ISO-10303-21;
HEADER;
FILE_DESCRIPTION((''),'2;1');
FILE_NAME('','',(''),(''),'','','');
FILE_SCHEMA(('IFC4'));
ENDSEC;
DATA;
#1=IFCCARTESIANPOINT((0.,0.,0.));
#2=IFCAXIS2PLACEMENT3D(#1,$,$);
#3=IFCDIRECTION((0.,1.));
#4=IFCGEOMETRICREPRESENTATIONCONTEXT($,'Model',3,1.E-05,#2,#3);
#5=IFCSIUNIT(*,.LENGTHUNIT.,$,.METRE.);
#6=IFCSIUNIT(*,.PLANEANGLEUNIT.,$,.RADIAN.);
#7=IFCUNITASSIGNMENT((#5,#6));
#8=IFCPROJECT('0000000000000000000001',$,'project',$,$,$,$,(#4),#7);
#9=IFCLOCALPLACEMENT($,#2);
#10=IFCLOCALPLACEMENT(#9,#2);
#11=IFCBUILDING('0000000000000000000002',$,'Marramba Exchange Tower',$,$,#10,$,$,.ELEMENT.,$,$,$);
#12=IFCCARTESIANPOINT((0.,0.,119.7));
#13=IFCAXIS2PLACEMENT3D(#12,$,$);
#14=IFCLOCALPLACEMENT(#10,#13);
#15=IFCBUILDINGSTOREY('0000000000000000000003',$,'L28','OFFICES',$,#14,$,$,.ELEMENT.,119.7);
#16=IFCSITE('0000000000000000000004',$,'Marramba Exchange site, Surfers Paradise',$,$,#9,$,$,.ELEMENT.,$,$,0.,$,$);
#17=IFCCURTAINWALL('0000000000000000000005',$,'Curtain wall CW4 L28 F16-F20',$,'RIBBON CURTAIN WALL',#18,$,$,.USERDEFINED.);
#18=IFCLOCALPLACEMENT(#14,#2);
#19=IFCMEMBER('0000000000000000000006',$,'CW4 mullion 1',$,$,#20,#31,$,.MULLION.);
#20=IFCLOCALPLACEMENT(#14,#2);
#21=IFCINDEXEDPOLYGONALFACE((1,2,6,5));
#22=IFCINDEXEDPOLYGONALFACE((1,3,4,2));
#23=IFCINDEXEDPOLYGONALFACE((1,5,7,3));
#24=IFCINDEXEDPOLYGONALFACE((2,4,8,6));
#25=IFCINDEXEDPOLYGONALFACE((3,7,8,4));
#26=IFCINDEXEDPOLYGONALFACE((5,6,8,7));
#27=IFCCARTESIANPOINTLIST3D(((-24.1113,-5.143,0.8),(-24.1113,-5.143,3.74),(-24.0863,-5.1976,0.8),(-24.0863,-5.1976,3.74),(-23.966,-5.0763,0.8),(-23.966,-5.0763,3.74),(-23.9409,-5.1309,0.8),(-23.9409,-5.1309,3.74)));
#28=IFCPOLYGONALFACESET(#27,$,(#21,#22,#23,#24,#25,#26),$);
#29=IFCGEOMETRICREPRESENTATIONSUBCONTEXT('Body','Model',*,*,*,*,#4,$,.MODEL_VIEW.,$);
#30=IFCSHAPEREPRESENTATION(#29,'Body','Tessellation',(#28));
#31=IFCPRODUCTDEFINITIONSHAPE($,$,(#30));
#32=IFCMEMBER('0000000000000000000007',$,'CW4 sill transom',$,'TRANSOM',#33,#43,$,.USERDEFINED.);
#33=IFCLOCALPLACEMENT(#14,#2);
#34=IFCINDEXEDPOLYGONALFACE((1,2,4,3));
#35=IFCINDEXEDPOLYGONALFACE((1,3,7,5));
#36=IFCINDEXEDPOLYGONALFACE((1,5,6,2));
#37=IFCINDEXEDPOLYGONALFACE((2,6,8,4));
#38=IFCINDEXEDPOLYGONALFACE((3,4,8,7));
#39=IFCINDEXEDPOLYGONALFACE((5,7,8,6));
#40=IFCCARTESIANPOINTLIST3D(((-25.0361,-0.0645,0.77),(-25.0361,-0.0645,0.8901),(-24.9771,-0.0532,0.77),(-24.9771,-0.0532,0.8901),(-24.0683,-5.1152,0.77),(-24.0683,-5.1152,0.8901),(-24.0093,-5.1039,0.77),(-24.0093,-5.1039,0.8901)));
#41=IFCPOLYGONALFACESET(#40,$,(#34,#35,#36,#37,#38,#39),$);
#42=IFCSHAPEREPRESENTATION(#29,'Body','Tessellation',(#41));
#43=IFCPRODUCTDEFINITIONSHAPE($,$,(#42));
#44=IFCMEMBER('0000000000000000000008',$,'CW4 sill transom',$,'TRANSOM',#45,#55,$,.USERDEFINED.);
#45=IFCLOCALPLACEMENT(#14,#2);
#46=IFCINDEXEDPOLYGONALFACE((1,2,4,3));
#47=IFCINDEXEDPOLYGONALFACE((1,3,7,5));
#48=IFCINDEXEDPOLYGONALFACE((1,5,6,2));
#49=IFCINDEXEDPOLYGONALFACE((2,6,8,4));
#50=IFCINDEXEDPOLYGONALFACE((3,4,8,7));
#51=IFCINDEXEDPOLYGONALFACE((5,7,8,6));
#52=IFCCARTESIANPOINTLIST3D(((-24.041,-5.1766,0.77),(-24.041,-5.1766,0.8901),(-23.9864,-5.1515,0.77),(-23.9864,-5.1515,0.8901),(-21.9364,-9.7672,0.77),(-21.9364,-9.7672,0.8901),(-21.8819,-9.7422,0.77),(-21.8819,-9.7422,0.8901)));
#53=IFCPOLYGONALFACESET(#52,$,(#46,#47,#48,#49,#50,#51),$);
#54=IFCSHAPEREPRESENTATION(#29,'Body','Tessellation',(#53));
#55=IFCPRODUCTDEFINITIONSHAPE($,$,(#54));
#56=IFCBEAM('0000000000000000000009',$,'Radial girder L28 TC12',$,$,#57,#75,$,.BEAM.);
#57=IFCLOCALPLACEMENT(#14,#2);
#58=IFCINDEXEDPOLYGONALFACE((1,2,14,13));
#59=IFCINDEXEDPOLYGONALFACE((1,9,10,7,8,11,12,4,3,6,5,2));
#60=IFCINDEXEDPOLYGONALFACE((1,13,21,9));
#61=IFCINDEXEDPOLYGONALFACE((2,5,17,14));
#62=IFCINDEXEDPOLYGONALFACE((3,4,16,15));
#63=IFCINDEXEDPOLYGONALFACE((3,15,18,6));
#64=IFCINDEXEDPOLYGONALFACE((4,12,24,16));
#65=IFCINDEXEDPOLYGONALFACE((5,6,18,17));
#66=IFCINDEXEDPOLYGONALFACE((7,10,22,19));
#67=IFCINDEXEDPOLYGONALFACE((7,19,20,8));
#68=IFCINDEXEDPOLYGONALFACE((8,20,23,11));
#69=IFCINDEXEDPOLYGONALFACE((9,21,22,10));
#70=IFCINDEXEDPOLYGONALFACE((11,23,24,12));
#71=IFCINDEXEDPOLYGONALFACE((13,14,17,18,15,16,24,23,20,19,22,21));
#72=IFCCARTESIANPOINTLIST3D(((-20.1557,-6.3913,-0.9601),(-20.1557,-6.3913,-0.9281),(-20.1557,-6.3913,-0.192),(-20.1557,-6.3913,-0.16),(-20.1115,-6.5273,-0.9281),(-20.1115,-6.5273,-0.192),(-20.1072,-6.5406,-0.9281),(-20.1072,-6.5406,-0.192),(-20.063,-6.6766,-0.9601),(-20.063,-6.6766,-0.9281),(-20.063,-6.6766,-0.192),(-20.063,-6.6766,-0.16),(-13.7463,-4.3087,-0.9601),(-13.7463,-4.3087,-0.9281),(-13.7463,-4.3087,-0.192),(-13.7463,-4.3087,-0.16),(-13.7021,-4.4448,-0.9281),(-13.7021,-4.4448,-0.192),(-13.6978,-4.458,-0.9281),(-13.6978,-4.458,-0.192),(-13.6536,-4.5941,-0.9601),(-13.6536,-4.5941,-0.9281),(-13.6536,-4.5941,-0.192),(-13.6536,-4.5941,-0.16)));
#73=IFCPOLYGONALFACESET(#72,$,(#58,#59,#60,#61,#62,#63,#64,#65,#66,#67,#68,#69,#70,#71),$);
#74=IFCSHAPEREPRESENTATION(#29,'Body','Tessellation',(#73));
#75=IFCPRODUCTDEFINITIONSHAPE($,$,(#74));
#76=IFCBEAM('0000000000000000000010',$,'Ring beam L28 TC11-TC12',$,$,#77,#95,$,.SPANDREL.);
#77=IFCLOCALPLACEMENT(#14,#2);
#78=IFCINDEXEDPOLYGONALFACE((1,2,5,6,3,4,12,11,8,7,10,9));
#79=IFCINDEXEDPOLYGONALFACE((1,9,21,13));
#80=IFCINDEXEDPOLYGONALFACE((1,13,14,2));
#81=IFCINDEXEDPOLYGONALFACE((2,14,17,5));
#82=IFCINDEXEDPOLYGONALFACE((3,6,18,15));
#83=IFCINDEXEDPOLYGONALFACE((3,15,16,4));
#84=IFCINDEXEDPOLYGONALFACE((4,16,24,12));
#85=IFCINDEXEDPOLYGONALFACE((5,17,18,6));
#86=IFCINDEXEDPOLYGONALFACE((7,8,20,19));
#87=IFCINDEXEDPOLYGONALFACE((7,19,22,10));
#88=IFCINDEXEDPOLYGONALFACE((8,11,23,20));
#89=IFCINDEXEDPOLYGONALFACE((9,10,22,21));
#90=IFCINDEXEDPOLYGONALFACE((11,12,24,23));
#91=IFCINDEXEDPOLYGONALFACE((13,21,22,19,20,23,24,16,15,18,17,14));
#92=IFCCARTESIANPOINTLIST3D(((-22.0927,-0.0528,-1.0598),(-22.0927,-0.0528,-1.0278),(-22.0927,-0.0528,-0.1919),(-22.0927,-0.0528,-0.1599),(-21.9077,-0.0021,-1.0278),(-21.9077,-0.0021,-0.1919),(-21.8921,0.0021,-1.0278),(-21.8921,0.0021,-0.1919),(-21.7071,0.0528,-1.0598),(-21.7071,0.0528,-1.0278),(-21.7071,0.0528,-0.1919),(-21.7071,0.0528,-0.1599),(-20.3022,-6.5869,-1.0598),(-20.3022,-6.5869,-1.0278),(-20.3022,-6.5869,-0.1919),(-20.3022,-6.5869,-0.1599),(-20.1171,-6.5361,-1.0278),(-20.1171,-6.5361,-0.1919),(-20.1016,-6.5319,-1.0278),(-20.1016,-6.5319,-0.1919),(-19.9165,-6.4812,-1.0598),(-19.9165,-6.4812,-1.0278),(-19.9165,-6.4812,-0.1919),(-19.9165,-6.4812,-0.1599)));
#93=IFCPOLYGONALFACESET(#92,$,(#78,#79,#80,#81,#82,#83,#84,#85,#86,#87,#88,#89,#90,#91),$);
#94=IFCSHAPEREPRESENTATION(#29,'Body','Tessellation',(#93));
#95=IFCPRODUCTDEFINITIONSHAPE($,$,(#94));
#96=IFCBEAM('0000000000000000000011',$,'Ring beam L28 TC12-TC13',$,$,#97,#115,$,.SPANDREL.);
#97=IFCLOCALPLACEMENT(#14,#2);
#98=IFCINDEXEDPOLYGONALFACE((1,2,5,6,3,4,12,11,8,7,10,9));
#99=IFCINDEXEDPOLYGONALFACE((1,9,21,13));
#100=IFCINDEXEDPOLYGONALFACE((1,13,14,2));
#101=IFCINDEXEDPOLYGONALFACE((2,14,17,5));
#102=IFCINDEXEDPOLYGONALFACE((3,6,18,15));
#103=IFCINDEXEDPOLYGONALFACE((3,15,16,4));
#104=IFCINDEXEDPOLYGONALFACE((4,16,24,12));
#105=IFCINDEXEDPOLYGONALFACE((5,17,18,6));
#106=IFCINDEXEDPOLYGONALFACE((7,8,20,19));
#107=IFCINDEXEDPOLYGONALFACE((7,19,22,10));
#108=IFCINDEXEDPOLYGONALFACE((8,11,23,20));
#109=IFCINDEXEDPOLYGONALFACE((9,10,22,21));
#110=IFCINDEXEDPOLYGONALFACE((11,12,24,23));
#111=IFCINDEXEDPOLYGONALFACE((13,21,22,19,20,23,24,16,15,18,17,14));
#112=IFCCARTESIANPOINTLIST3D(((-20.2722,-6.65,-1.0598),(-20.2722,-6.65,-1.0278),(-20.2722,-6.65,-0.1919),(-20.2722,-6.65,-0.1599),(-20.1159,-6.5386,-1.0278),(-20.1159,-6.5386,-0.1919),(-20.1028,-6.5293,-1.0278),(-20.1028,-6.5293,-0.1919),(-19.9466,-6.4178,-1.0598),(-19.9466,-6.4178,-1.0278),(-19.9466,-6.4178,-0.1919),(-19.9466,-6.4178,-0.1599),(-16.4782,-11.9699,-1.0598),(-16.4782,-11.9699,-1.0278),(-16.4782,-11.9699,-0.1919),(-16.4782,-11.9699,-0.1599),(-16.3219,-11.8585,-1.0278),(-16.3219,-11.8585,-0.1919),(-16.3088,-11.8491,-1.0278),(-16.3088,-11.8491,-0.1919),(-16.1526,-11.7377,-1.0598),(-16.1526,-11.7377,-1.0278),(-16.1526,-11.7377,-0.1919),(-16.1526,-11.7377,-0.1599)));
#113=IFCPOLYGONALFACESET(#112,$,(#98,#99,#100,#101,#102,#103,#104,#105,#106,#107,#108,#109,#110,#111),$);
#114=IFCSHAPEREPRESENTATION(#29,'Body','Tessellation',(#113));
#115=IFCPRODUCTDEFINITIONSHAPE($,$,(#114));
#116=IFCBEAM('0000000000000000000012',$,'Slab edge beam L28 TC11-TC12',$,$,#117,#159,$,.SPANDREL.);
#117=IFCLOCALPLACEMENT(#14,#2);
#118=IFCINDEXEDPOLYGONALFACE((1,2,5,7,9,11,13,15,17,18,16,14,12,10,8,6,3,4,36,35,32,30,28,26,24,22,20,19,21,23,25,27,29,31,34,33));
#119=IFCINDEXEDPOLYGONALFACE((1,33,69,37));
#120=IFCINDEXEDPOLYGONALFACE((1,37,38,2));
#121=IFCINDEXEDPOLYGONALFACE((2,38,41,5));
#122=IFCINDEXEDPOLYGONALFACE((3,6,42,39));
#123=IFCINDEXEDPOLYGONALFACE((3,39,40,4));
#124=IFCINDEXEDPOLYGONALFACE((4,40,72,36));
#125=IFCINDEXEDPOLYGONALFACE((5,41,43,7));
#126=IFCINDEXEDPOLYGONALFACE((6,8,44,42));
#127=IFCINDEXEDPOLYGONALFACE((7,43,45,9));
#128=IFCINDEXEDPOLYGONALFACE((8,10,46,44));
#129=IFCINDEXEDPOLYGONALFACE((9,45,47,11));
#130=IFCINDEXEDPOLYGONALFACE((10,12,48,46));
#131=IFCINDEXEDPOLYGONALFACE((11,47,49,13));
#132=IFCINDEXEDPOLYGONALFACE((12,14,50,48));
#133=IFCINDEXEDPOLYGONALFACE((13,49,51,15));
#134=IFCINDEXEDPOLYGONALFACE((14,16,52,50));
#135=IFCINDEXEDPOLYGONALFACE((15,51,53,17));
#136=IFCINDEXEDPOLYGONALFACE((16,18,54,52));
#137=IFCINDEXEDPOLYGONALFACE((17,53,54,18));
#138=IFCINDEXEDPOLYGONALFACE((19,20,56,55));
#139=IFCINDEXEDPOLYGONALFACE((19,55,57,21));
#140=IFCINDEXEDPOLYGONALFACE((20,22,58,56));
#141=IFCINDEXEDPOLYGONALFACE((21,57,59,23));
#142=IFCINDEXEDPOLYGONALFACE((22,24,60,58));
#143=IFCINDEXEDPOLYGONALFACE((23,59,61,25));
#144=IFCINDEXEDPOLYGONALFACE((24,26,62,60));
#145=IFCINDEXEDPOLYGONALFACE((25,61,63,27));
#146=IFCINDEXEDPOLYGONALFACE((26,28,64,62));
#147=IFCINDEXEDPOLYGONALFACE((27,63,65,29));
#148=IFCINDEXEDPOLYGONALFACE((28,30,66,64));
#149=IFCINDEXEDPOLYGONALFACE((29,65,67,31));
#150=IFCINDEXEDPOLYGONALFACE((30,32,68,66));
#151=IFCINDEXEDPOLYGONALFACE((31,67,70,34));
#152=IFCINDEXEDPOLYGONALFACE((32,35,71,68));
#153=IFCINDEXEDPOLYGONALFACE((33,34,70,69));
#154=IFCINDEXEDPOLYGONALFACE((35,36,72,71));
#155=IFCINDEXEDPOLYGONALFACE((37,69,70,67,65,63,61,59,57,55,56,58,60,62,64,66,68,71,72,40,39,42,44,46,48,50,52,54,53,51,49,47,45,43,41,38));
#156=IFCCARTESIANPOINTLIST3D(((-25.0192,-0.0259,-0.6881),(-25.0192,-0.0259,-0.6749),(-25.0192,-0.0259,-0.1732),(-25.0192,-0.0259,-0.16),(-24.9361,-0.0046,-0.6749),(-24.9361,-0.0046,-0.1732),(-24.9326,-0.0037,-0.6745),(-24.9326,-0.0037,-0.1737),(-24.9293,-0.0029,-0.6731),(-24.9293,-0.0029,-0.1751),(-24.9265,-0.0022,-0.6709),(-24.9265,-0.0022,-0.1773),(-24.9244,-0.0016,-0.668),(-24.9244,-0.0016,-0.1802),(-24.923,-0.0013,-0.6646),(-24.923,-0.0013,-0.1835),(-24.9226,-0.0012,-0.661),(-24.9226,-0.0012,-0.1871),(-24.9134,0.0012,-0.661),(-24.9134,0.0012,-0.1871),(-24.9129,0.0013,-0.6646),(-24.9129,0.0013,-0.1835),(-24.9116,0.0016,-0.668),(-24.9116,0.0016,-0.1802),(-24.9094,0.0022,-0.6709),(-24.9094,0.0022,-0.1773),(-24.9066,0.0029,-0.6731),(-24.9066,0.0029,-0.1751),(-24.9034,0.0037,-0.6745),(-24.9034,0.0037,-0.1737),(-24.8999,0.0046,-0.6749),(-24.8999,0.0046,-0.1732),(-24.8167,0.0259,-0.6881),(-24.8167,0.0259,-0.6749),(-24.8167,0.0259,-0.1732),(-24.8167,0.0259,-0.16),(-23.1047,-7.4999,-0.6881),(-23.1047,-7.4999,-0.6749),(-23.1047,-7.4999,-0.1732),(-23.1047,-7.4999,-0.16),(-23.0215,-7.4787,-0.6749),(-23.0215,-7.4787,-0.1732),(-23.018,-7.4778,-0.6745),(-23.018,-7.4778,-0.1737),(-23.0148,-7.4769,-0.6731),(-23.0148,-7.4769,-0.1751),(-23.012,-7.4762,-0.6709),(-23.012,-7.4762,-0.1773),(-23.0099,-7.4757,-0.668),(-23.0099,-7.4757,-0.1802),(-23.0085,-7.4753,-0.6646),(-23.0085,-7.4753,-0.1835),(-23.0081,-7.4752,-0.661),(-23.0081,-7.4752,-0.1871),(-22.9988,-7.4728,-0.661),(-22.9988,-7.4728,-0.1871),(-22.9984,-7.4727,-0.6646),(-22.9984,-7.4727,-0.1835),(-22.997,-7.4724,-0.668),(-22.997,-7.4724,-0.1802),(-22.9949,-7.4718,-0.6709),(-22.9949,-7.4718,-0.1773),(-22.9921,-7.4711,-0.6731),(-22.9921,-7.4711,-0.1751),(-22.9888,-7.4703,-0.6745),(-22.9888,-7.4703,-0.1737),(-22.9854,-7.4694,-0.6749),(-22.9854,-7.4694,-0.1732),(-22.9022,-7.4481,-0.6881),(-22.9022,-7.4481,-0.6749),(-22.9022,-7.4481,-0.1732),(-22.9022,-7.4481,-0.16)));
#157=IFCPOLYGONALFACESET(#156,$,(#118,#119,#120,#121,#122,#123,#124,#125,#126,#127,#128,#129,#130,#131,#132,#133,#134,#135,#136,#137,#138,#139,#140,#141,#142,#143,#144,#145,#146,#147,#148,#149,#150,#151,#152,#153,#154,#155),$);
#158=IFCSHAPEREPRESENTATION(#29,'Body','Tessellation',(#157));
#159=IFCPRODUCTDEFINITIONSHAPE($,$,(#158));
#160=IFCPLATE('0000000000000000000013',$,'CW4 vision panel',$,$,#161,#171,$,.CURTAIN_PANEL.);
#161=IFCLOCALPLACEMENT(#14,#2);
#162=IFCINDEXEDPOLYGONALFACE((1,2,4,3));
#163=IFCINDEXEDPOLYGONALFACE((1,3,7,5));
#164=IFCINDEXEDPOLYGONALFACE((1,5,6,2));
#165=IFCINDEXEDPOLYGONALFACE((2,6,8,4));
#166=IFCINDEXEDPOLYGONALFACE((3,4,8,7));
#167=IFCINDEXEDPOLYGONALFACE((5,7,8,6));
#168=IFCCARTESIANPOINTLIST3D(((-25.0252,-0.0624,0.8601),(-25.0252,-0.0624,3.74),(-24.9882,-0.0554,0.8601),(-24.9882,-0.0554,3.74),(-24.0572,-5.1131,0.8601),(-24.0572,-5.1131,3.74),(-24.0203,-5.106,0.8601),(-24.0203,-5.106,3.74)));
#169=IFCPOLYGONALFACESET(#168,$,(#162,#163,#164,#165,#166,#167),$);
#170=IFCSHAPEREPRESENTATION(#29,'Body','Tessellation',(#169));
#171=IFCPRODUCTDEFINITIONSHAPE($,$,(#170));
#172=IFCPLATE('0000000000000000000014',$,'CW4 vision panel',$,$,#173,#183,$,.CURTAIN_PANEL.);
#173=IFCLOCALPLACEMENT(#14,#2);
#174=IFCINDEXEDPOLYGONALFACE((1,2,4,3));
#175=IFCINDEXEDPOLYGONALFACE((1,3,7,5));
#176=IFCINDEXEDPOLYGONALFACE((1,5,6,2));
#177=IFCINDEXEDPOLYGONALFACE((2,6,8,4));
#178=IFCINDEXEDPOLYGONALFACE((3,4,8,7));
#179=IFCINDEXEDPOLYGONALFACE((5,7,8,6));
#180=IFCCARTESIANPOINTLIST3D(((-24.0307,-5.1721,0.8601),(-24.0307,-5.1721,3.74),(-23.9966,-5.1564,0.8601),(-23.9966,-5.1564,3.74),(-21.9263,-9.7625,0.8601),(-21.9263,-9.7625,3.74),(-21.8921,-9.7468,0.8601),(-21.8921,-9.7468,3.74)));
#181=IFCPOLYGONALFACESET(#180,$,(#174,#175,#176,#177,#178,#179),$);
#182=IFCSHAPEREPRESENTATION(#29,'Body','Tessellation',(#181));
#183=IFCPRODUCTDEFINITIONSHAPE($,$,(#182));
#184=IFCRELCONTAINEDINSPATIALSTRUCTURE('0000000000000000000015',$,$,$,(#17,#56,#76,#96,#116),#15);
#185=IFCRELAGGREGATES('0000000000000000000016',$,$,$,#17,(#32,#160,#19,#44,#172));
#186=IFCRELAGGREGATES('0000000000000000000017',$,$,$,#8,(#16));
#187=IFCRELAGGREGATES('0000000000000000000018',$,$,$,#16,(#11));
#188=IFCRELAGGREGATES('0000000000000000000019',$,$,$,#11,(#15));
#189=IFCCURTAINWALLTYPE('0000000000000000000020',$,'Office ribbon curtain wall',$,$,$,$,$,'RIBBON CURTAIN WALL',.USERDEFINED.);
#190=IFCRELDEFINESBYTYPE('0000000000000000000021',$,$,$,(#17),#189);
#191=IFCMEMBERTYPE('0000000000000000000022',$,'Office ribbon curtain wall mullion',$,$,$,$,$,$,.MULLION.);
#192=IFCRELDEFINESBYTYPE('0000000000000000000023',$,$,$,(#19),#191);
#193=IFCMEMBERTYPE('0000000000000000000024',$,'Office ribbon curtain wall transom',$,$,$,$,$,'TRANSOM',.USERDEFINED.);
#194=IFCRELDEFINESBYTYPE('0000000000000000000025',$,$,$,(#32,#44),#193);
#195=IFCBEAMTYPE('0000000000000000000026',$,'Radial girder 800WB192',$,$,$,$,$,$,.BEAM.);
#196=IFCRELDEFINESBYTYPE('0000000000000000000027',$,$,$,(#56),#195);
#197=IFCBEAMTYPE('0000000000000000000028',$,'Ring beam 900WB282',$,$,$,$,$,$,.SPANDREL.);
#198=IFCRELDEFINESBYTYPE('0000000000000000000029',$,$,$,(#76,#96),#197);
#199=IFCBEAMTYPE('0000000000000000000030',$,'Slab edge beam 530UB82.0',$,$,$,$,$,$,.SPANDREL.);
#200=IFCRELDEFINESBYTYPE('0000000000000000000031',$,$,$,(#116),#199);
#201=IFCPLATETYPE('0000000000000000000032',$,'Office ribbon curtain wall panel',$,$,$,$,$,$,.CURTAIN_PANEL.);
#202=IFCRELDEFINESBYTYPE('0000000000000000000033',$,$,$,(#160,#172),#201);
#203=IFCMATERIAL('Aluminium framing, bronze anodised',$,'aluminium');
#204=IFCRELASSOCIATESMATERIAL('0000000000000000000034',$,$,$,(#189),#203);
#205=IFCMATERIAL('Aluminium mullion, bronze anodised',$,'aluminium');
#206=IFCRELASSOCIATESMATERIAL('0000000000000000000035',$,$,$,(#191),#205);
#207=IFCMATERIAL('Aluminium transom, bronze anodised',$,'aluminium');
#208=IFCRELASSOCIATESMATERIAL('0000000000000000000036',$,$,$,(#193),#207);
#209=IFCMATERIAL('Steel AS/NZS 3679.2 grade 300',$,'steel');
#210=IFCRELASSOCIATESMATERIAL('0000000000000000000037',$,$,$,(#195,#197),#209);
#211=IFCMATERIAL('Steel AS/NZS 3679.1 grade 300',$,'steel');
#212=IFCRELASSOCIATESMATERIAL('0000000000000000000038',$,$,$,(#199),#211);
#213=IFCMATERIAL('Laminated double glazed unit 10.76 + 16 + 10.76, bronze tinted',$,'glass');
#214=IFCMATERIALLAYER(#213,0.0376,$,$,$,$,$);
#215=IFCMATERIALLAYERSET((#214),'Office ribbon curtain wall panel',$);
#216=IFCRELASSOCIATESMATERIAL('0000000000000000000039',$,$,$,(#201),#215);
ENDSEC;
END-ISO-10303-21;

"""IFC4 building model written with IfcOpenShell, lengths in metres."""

from ifc_helpers import new_model, si_unit, direction, frame, origin, origin_2d, place, context, subcontext, project, spatial, rectangle, i_section, extrude, material, layer, layer_set, material_profile, profile_set, type_object, element, aggregate, save


model = new_model("IFC4")

# Units and contexts
model_context = context("Model", 3, precision=1e-05, world=origin(), true_north=direction((0.0, 1.0)))
body_context = subcontext(model_context, "Body", "Model", "MODEL_VIEW")
ifc_project = project(units=[si_unit("LENGTHUNIT", "METRE"), si_unit("PLANEANGLEUNIT", "RADIAN")], contexts=[model_context])

# Site, building, storey
site_placement = place(None, origin())
site = spatial("IfcSite", under=ifc_project, at=site_placement, Name="Marramba Exchange site, Surfers Paradise", CompositionType="ELEMENT", RefElevation=0.0)
building_placement = place(site_placement, origin())
building = spatial("IfcBuilding", under=site, at=building_placement, Name="Marramba Exchange Tower", CompositionType="ELEMENT")
storey_placement = place(building_placement, frame((0.0, 0.0, 119.7)))
storey = spatial("IfcBuildingStorey", under=building, at=storey_placement, Name="L28", Description="OFFICES", CompositionType="ELEMENT", Elevation=119.7)

# Shared definitions
ifc_material_1 = material(Name="Steel AS/NZS 3679.2 grade 300", Category="steel")
ifc_material_2 = material(Name="Steel AS/NZS 3679.1 grade 300", Category="steel")

# Curtain wall, members
ifc_material_3 = material(Name="Aluminium framing, bronze anodised", Category="aluminium")
curtain_wall_type = type_object("IfcCurtainWallType", Name="Office ribbon curtain wall", ElementType="RIBBON CURTAIN WALL", PredefinedType="USERDEFINED", material=ifc_material_3)
curtain_wall_placement = place(storey_placement, origin())
curtain_wall = element("IfcCurtainWall", 1, at=curtain_wall_placement, inside=storey, type_object=curtain_wall_type, Name="Curtain wall CW4 L28 F16-F20", ObjectType="RIBBON CURTAIN WALL", PredefinedType="USERDEFINED")
ifc_material_4 = material(Name="Aluminium mullion, bronze anodised", Category="aluminium")
ifc_material_profile_1 = material_profile(ifc_material_4, rectangle(XDim=0.1599, YDim=0.0601, at=origin_2d()), Name="CW4 mullion 60x160")
ifc_profile_set_1 = profile_set([ifc_material_profile_1], Name="Aluminium mullion, bronze anodised")
member_type_1 = type_object("IfcMemberType", Name="Office ribbon curtain wall mullion", PredefinedType="MULLION", material=ifc_profile_set_1)
member_1_placement = place(storey_placement, frame((-24.0261, -5.137, 0.8), z_axis=(0.0, 0.0, 1.0), x_axis=(0.909027, 0.416738, 0.0)))
member_1 = element("IfcMember", 2, at=member_1_placement, type_object=member_type_1, Name="CW4 mullion 1", PredefinedType="MULLION", context=body_context, shape_type="SweptSolid", body=[
    extrude(rectangle(XDim=0.1599, YDim=0.0601, at=origin_2d()), origin(), (0.0, 0.0, 1.0), 2.9399),
])
ifc_material_5 = material(Name="Aluminium transom, bronze anodised", Category="aluminium")
ifc_material_profile_2 = material_profile(ifc_material_5, rectangle(XDim=0.0601, YDim=0.1201, at=origin_2d()), Name="CW4 transom 60x120")
ifc_profile_set_2 = profile_set([ifc_material_profile_2], Name="Aluminium transom, bronze anodised")
member_type_2 = type_object("IfcMemberType", Name="Office ribbon curtain wall transom", ElementType="TRANSOM", PredefinedType="USERDEFINED", material=ifc_profile_set_2)
member_2_placement = place(storey_placement, frame((-25.0066, -0.0588, 0.8301), z_axis=(0.188185, -0.982134, 0.0), x_axis=(0.982134, 0.188185, 0.0)))
member_2 = element("IfcMember", 3, at=member_2_placement, type_object=member_type_2, Name="CW4 sill transom", ObjectType="TRANSOM", PredefinedType="USERDEFINED", context=body_context, shape_type="SweptSolid", body=[
    extrude(rectangle(XDim=0.0601, YDim=0.1201, at=origin_2d()), origin(), (0.0, 0.0, 1.0), 5.1426),
])
member_3_placement = place(storey_placement, frame((-24.0137, -5.1641, 0.8301), z_axis=(0.416733, -0.909029, 0.0), x_axis=(0.909029, 0.416733, 0.0)))
member_3 = element("IfcMember", 4, at=member_3_placement, type_object=member_type_2, Name="CW4 sill transom", ObjectType="TRANSOM", PredefinedType="USERDEFINED", context=body_context, shape_type="SweptSolid", body=[
    extrude(rectangle(XDim=0.0601, YDim=0.1201, at=origin_2d()), origin(), (0.0, 0.0, 1.0), 5.05),
])

# Beams
ifc_material_profile_3 = material_profile(ifc_material_1, i_section(OverallWidth=0.3, OverallDepth=0.8, WebThickness=0.0139, FlangeThickness=0.032, at=origin_2d()), Name="800WB192")
ifc_profile_set_3 = profile_set([ifc_material_profile_3], Name="Steel AS/NZS 3679.2 grade 300")
beam_type_1 = type_object("IfcBeamType", Name="Radial girder 800WB192", PredefinedType="BEAM", material=ifc_profile_set_3)
beam_1_placement = place(storey_placement, frame((-13.7, -4.4514, -0.5601), z_axis=(-0.951058, -0.309013, 0.0), x_axis=(0.309013, -0.951058, 0.0)))
element("IfcBeam", 5, at=beam_1_placement, inside=storey, type_object=beam_type_1, Name="Radial girder L28 TC12", PredefinedType="BEAM", context=body_context, shape_type="SweptSolid", body=[
    extrude(i_section(OverallWidth=0.3, OverallDepth=0.8, WebThickness=0.0139, FlangeThickness=0.032, at=origin_2d()), origin(), (0.0, 0.0, 1.0), 6.7393),
])
ifc_material_profile_4 = material_profile(ifc_material_1, i_section(OverallWidth=0.3999, OverallDepth=0.8999, WebThickness=0.0161, FlangeThickness=0.032, at=origin_2d()), Name="900WB282")
ifc_profile_set_4 = profile_set([ifc_material_profile_4], Name="Steel AS/NZS 3679.2 grade 300")
beam_type_2 = type_object("IfcBeamType", Name="Ring beam 900WB282", PredefinedType="SPANDREL", material=ifc_profile_set_4)
beam_2_placement = place(storey_placement, frame((-21.8999, 0.0, -0.6099), z_axis=(0.264291, -0.964443, 0.0), x_axis=(0.964443, 0.264291, 0.0)))
element("IfcBeam", 6, at=beam_2_placement, inside=storey, type_object=beam_type_2, Name="Ring beam L28 TC11-TC12", PredefinedType="SPANDREL", context=body_context, shape_type="SweptSolid", body=[
    extrude(i_section(OverallWidth=0.3999, OverallDepth=0.8999, WebThickness=0.0161, FlangeThickness=0.032, at=origin_2d()), origin(), (0.0, 0.0, 1.0), 6.7749),
])
beam_3_placement = place(storey_placement, frame((-20.1094, -6.5339, -0.6099), z_axis=(0.580637, -0.814162, 0.0), x_axis=(0.814162, 0.580637, 0.0)))
element("IfcBeam", 7, at=beam_3_placement, inside=storey, type_object=beam_type_2, Name="Ring beam L28 TC12-TC13", PredefinedType="SPANDREL", context=body_context, shape_type="SweptSolid", body=[
    extrude(i_section(OverallWidth=0.3999, OverallDepth=0.8999, WebThickness=0.0161, FlangeThickness=0.032, at=origin_2d()), origin(), (0.0, 0.0, 1.0), 6.5342),
])
ifc_material_profile_5 = material_profile(ifc_material_2, i_section(OverallWidth=0.209, OverallDepth=0.5281, WebThickness=0.0095, FlangeThickness=0.0132, FilletRadius=0.0139, at=origin_2d()), Name="530UB82.0")
ifc_profile_set_5 = profile_set([ifc_material_profile_5], Name="Steel AS/NZS 3679.1 grade 300")
beam_type_3 = type_object("IfcBeamType", Name="Slab edge beam 530UB82.0", PredefinedType="SPANDREL", material=ifc_profile_set_5)
beam_4_placement = place(storey_placement, frame((-24.918, 0.0, -0.4241), z_axis=(0.248145, -0.968723, 0.0), x_axis=(0.968723, 0.248145, 0.0)))
element("IfcBeam", 8, at=beam_4_placement, inside=storey, type_object=beam_type_3, Name="Slab edge beam L28 TC11-TC12", PredefinedType="SPANDREL", context=body_context, shape_type="SweptSolid", body=[
    extrude(i_section(OverallWidth=0.209, OverallDepth=0.5281, WebThickness=0.0095, FlangeThickness=0.0132, FilletRadius=0.0139, at=origin_2d()), origin(), (0.0, 0.0, 1.0), 7.7153),
])

# Plates
ifc_material_6 = material(Name="Laminated double glazed unit 10.76 + 16 + 10.76, bronze tinted", Category="glass")
ifc_layer_1 = layer(ifc_material_6, 0.0376)
ifc_layer_set_1 = layer_set([ifc_layer_1], Name="Office ribbon curtain wall panel")
plate_type = type_object("IfcPlateType", Name="Office ribbon curtain wall panel", PredefinedType="CURTAIN_PANEL", material=ifc_layer_set_1)
plate_1_placement = place(storey_placement, frame((-24.5227, -2.5842, 0.8601), z_axis=(0.0, 0.0, 1.0), x_axis=(0.188227, -0.982126, 0.0)))
plate_1 = element("IfcPlate", 9, at=plate_1_placement, type_object=plate_type, Name="CW4 vision panel", PredefinedType="CURTAIN_PANEL", context=body_context, shape_type="SweptSolid", body=[
    extrude(rectangle(XDim=5.1426, YDim=0.0376, at=origin_2d()), origin(), (0.0, 0.0, 1.0), 2.8799),
])
plate_2_placement = place(storey_placement, frame((-22.9614, -7.4595, 0.8601), z_axis=(0.0, 0.0, 1.0), x_axis=(0.416738, -0.909027, 0.0)))
plate_2 = element("IfcPlate", 10, at=plate_2_placement, type_object=plate_type, Name="CW4 vision panel", PredefinedType="CURTAIN_PANEL", context=body_context, shape_type="SweptSolid", body=[
    extrude(rectangle(XDim=5.0498, YDim=0.0376, at=origin_2d()), origin(), (0.0, 0.0, 1.0), 2.8799),
])
aggregate(curtain_wall, [member_2, plate_1, member_1, member_3, plate_2])

save(model, "model.ifc")
